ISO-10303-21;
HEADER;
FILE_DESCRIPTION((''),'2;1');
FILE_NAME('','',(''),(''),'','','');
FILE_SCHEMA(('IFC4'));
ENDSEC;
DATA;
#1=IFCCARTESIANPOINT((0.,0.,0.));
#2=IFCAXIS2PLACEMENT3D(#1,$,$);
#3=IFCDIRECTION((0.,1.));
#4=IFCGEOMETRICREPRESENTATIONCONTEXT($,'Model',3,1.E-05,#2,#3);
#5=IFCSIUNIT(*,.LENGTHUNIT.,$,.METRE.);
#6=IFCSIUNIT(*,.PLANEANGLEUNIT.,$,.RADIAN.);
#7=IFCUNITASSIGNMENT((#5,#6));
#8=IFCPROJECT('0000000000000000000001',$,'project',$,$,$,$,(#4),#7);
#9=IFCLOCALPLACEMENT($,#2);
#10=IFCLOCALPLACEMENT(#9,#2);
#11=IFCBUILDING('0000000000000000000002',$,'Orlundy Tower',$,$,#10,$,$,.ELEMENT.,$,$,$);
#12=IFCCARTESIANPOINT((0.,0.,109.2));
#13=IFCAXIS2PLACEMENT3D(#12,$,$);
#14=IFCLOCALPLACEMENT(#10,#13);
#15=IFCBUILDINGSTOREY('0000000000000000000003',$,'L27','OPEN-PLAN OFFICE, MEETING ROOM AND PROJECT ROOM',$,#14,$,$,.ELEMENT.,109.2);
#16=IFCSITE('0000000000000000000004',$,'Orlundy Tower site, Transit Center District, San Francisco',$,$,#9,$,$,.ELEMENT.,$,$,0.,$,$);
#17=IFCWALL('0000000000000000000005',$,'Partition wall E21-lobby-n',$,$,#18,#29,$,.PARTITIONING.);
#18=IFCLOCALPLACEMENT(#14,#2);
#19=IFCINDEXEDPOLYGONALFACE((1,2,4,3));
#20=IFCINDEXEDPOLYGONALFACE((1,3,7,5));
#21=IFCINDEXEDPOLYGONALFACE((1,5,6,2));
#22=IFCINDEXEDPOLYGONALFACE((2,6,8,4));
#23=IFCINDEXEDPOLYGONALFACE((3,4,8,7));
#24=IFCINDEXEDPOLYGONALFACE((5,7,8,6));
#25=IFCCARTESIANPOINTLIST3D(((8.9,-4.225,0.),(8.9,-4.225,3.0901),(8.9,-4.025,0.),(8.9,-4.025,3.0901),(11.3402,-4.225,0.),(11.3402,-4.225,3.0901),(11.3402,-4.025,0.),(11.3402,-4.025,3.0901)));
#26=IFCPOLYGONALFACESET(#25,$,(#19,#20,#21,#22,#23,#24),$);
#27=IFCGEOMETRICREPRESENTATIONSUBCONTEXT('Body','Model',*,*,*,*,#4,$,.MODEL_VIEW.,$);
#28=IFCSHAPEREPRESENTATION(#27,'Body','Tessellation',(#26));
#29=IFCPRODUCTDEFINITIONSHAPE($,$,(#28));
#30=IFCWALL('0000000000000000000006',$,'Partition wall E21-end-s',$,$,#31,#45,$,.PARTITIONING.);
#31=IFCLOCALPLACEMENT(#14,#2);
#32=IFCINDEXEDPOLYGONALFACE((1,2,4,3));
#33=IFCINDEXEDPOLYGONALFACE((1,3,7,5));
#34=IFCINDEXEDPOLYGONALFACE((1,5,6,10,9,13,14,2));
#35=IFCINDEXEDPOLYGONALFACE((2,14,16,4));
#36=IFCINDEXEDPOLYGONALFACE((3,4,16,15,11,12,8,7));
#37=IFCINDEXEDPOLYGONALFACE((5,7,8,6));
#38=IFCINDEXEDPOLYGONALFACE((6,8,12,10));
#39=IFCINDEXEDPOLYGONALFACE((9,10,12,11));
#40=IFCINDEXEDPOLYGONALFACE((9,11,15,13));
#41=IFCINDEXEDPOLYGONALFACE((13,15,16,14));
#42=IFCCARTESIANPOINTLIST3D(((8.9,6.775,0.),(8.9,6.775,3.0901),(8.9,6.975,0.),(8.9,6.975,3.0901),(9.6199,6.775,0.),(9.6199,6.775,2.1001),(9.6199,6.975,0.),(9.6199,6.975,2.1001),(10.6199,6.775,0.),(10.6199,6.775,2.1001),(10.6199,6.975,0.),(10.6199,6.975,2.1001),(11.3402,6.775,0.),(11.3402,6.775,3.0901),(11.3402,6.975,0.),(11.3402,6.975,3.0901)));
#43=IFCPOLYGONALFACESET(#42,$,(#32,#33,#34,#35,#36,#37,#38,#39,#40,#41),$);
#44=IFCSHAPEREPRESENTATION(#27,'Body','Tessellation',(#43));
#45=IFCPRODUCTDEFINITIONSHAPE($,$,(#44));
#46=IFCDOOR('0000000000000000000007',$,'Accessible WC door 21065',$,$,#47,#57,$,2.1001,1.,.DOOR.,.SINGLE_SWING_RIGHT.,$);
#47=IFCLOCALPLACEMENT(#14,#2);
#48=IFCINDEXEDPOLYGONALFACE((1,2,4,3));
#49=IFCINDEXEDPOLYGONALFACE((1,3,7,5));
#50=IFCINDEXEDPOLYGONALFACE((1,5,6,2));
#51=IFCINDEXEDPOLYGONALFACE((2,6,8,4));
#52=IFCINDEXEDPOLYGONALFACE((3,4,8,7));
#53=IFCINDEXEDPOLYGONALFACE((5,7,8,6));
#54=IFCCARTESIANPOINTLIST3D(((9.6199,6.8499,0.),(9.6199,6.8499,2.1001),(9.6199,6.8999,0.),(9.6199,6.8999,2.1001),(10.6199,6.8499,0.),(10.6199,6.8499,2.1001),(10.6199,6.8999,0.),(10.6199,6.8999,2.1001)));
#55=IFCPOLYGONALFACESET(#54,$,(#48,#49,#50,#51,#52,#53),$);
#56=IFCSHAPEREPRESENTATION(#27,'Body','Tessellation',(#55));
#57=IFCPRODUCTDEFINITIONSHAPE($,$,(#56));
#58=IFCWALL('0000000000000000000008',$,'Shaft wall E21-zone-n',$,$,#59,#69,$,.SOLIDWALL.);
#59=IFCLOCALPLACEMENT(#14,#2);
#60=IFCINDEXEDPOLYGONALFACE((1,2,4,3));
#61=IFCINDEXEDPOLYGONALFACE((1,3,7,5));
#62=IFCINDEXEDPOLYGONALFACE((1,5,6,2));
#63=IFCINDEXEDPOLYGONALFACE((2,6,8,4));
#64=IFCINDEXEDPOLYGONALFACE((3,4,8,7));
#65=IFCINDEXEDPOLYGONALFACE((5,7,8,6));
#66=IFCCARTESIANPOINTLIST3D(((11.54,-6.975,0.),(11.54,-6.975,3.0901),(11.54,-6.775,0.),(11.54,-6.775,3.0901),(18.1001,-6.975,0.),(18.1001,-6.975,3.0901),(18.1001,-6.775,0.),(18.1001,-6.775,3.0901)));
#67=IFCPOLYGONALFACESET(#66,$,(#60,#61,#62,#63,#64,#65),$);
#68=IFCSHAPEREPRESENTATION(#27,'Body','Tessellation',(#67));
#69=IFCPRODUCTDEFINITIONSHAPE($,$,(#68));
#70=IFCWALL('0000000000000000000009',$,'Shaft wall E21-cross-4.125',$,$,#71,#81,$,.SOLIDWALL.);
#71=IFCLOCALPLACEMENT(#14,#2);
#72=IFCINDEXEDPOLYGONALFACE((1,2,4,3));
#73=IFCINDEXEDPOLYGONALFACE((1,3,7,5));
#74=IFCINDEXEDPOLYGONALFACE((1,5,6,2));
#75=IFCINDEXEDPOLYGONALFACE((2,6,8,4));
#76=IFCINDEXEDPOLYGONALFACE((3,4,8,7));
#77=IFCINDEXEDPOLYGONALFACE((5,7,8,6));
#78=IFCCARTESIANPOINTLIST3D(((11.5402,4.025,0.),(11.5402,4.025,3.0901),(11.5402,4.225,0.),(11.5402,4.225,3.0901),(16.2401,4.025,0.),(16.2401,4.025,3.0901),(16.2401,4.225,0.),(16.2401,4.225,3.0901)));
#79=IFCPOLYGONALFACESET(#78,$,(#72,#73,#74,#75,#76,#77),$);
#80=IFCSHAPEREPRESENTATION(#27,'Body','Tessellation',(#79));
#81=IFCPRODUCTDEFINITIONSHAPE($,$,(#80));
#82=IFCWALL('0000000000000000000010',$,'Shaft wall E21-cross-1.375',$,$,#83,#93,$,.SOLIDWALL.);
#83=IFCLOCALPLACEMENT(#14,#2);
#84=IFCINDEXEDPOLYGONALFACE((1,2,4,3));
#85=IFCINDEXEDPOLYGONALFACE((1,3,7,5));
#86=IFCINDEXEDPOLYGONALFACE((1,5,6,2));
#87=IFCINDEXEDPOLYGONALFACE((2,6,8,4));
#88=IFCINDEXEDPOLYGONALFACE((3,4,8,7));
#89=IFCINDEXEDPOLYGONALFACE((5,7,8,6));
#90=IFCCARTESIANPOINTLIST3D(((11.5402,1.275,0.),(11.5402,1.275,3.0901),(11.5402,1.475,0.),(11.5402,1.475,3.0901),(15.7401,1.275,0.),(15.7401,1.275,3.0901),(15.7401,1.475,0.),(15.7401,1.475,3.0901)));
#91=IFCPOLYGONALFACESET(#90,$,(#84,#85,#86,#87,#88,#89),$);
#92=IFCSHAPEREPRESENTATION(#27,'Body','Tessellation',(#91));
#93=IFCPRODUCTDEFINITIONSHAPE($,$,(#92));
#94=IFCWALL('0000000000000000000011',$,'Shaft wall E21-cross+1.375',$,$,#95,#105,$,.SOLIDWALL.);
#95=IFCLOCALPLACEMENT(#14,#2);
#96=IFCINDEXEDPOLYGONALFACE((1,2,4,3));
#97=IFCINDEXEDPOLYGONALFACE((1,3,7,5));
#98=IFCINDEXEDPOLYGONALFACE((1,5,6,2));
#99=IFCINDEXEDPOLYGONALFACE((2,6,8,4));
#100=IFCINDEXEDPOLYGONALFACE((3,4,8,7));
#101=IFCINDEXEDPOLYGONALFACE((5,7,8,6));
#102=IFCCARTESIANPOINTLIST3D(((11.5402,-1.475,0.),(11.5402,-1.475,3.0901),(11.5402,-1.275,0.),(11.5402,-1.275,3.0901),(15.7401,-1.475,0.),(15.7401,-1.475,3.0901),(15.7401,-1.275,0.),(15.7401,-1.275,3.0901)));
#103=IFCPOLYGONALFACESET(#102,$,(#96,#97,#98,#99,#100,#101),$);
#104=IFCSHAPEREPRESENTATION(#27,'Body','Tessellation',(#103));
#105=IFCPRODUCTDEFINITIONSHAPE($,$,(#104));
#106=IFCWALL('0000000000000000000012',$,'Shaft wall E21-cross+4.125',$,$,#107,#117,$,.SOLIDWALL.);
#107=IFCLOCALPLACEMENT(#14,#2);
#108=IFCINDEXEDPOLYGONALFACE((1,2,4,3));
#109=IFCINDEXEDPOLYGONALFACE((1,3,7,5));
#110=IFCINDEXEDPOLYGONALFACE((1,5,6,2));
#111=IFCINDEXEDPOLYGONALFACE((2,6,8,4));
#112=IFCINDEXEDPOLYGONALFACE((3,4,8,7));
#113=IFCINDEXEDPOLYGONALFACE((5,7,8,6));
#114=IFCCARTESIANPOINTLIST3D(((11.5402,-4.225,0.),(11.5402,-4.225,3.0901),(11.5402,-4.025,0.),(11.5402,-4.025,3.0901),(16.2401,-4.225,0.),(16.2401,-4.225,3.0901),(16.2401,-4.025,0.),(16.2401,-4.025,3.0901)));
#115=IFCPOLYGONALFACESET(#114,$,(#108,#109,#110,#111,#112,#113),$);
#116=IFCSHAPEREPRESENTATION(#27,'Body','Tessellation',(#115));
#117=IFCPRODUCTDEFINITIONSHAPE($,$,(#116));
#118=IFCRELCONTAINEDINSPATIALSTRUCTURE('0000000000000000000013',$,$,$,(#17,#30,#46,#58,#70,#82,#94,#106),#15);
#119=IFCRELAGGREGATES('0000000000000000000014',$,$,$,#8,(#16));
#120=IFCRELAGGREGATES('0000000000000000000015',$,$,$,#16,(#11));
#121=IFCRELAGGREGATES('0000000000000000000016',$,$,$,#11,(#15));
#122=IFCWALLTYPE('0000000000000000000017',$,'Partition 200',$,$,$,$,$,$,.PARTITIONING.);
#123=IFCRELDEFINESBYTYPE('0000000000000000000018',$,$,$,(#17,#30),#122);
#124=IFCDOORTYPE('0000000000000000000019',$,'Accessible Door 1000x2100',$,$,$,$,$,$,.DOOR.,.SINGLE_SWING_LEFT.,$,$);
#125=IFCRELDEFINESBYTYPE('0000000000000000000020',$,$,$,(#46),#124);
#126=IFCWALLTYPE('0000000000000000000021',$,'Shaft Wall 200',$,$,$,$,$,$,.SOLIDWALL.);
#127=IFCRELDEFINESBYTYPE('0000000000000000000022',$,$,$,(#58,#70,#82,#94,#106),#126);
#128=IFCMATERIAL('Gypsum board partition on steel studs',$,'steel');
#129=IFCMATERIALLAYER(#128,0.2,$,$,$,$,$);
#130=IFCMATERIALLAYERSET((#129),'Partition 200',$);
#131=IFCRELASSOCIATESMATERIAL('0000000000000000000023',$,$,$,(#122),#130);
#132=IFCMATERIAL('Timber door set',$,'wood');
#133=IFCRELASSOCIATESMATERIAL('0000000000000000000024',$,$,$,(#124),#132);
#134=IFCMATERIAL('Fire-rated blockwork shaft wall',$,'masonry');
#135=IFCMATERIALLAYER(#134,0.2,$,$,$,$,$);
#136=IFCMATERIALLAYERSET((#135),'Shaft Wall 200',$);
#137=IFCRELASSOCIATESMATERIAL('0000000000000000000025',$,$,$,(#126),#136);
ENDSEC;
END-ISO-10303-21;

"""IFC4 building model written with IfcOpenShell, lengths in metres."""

from ifc_helpers import new_model, si_unit, direction, frame, frame_2d, origin, place, context, subcontext, project, spatial, rectangle, extrude, material, layer, layer_set, type_object, element, fill, save


model = new_model("IFC4")

# Units and contexts
model_context = context("Model", 3, precision=1e-05, world=origin(), true_north=direction((0.0, 1.0)))
body_context = subcontext(model_context, "Body", "Model", "MODEL_VIEW")
ifc_project = project(units=[si_unit("LENGTHUNIT", "METRE"), si_unit("PLANEANGLEUNIT", "RADIAN")], contexts=[model_context])

# Site, building, storey
site_placement = place(None, origin())
site = spatial("IfcSite", under=ifc_project, at=site_placement, Name="Orlundy Tower site, Transit Center District, San Francisco", CompositionType="ELEMENT", RefElevation=0.0)
building_placement = place(site_placement, origin())
building = spatial("IfcBuilding", under=site, at=building_placement, Name="Orlundy Tower", CompositionType="ELEMENT")
storey_placement = place(building_placement, frame((0.0, 0.0, 109.2)))
storey = spatial("IfcBuildingStorey", under=building, at=storey_placement, Name="L27", Description="OPEN-PLAN OFFICE, MEETING ROOM AND PROJECT ROOM", CompositionType="ELEMENT", Elevation=109.2)

# Wall
ifc_material_1 = material(Name="Gypsum board partition on steel studs", Category="steel")
ifc_layer_1 = layer(ifc_material_1, 0.2)
ifc_layer_set_1 = layer_set([ifc_layer_1], Name="Partition 200")
wall_type_1 = type_object("IfcWallType", Name="Partition 200", PredefinedType="PARTITIONING", material=ifc_layer_set_1)
wall_1_placement = place(storey_placement, frame((8.8999, -4.125, 0.0), z_axis=(0.0, 0.0, 1.0), x_axis=(1.0, 0.0, 0.0)))
element("IfcWall", 1, at=wall_1_placement, inside=storey, type_object=wall_type_1, Name="Partition wall E21-lobby-n", PredefinedType="PARTITIONING", context=body_context, shape_type="SweptSolid", body=[
    extrude(rectangle(XDim=2.4402, YDim=0.2, at=frame_2d((1.2202, 0.0))), origin(), (0.0, 0.0, 1.0), 3.0901),
])

# Wall, opening, door
wall_2_placement = place(storey_placement, frame((8.8999, 6.875, 0.0), z_axis=(0.0, 0.0, 1.0), x_axis=(1.0, 0.0, 0.0)))
wall_2 = element("IfcWall", 2, at=wall_2_placement, inside=storey, type_object=wall_type_1, Name="Partition wall E21-end-s", PredefinedType="PARTITIONING", context=body_context, shape_type="SweptSolid", body=[
    extrude(rectangle(XDim=2.4402, YDim=0.2, at=frame_2d((1.2202, 0.0))), origin(), (0.0, 0.0, 1.0), 3.0901),
])
opening_1_placement = place(wall_2_placement, frame((0.72, 0.0, 0.0)))
opening_1 = element("IfcOpeningElement", 3, at=opening_1_placement, cuts=wall_2, PredefinedType="OPENING", context=body_context, shape_type="SweptSolid", body=[
    extrude(rectangle(XDim=1.0, YDim=2.1001, at=frame_2d((0.5, 1.05))), frame((0.0, 0.1101, 0.0), z_axis=(0.0, -1.0, 0.0), x_axis=(1.0, 0.0, 0.0)), (0.0, 0.0, 1.0), 0.2202),
])
ifc_material_2 = material(Name="Timber door set", Category="wood")
door_type_1 = type_object("IfcDoorType", Name="Accessible Door 1000x2100", OperationType="SINGLE_SWING_LEFT", PredefinedType="DOOR", material=ifc_material_2)
door_1_placement = place(opening_1_placement, origin())
door_1 = element("IfcDoor", 4, at=door_1_placement, inside=storey, type_object=door_type_1, Name="Accessible WC door 21065", OperationType="SINGLE_SWING_RIGHT", OverallHeight=2.1001, OverallWidth=1.0, PredefinedType="DOOR", context=body_context, shape_type="SweptSolid", body=[
    extrude(rectangle(XDim=1.0, YDim=2.1001, at=frame_2d((0.5, 1.05))), frame((0.0, 0.0249, 0.0), z_axis=(0.0, -1.0, 0.0), x_axis=(1.0, 0.0, 0.0)), (0.0, 0.0, 1.0), 0.05),
])
fill(opening_1, door_1)

# Walls
ifc_material_3 = material(Name="Fire-rated blockwork shaft wall", Category="masonry")
ifc_layer_2 = layer(ifc_material_3, 0.2)
ifc_layer_set_2 = layer_set([ifc_layer_2], Name="Shaft Wall 200")
wall_type_2 = type_object("IfcWallType", Name="Shaft Wall 200", PredefinedType="SOLIDWALL", material=ifc_layer_set_2)
wall_3_placement = place(storey_placement, frame((11.54, -6.875, 0.0), z_axis=(0.0, 0.0, 1.0), x_axis=(1.0, 0.0, 0.0)))
element("IfcWall", 5, at=wall_3_placement, inside=storey, type_object=wall_type_2, Name="Shaft wall E21-zone-n", PredefinedType="SOLIDWALL", context=body_context, shape_type="SweptSolid", body=[
    extrude(rectangle(XDim=6.5601, YDim=0.2, at=frame_2d((3.28, 0.0))), origin(), (0.0, 0.0, 1.0), 3.0901),
])
wall_4_placement = place(storey_placement, frame((11.54, 4.125, 0.0), z_axis=(0.0, 0.0, 1.0), x_axis=(1.0, 0.0, 0.0)))
element("IfcWall", 6, at=wall_4_placement, inside=storey, type_object=wall_type_2, Name="Shaft wall E21-cross-4.125", PredefinedType="SOLIDWALL", context=body_context, shape_type="SweptSolid", body=[
    extrude(rectangle(XDim=4.7, YDim=0.2, at=frame_2d((2.3501, 0.0))), origin(), (0.0, 0.0, 1.0), 3.0901),
])
for number, where, z_axis, x_axis, name in (
    (7, (11.54, 1.375, 0.0), (0.0, 0.0, 1.0), (1.0, 0.0, 0.0), "Shaft wall E21-cross-1.375"),
    (8, (11.54, -1.375, 0.0), (0.0, 0.0, 1.0), (1.0, 0.0, 0.0), "Shaft wall E21-cross+1.375"),
):
    element("IfcWall", number, at=place(storey_placement, frame(where, z_axis=z_axis, x_axis=x_axis)), inside=storey, type_object=wall_type_2, Name=name, PredefinedType="SOLIDWALL", context=body_context, shape_type="SweptSolid", body=[
        extrude(rectangle(XDim=4.2, YDim=0.2, at=frame_2d((2.1001, 0.0))), origin(), (0.0, 0.0, 1.0), 3.0901),
    ])
wall_5_placement = place(storey_placement, frame((11.54, -4.125, 0.0), z_axis=(0.0, 0.0, 1.0), x_axis=(1.0, 0.0, 0.0)))
element("IfcWall", 9, at=wall_5_placement, inside=storey, type_object=wall_type_2, Name="Shaft wall E21-cross+4.125", PredefinedType="SOLIDWALL", context=body_context, shape_type="SweptSolid", body=[
    extrude(rectangle(XDim=4.7, YDim=0.2, at=frame_2d((2.3501, 0.0))), origin(), (0.0, 0.0, 1.0), 3.0901),
])

save(model, "model.ifc")
